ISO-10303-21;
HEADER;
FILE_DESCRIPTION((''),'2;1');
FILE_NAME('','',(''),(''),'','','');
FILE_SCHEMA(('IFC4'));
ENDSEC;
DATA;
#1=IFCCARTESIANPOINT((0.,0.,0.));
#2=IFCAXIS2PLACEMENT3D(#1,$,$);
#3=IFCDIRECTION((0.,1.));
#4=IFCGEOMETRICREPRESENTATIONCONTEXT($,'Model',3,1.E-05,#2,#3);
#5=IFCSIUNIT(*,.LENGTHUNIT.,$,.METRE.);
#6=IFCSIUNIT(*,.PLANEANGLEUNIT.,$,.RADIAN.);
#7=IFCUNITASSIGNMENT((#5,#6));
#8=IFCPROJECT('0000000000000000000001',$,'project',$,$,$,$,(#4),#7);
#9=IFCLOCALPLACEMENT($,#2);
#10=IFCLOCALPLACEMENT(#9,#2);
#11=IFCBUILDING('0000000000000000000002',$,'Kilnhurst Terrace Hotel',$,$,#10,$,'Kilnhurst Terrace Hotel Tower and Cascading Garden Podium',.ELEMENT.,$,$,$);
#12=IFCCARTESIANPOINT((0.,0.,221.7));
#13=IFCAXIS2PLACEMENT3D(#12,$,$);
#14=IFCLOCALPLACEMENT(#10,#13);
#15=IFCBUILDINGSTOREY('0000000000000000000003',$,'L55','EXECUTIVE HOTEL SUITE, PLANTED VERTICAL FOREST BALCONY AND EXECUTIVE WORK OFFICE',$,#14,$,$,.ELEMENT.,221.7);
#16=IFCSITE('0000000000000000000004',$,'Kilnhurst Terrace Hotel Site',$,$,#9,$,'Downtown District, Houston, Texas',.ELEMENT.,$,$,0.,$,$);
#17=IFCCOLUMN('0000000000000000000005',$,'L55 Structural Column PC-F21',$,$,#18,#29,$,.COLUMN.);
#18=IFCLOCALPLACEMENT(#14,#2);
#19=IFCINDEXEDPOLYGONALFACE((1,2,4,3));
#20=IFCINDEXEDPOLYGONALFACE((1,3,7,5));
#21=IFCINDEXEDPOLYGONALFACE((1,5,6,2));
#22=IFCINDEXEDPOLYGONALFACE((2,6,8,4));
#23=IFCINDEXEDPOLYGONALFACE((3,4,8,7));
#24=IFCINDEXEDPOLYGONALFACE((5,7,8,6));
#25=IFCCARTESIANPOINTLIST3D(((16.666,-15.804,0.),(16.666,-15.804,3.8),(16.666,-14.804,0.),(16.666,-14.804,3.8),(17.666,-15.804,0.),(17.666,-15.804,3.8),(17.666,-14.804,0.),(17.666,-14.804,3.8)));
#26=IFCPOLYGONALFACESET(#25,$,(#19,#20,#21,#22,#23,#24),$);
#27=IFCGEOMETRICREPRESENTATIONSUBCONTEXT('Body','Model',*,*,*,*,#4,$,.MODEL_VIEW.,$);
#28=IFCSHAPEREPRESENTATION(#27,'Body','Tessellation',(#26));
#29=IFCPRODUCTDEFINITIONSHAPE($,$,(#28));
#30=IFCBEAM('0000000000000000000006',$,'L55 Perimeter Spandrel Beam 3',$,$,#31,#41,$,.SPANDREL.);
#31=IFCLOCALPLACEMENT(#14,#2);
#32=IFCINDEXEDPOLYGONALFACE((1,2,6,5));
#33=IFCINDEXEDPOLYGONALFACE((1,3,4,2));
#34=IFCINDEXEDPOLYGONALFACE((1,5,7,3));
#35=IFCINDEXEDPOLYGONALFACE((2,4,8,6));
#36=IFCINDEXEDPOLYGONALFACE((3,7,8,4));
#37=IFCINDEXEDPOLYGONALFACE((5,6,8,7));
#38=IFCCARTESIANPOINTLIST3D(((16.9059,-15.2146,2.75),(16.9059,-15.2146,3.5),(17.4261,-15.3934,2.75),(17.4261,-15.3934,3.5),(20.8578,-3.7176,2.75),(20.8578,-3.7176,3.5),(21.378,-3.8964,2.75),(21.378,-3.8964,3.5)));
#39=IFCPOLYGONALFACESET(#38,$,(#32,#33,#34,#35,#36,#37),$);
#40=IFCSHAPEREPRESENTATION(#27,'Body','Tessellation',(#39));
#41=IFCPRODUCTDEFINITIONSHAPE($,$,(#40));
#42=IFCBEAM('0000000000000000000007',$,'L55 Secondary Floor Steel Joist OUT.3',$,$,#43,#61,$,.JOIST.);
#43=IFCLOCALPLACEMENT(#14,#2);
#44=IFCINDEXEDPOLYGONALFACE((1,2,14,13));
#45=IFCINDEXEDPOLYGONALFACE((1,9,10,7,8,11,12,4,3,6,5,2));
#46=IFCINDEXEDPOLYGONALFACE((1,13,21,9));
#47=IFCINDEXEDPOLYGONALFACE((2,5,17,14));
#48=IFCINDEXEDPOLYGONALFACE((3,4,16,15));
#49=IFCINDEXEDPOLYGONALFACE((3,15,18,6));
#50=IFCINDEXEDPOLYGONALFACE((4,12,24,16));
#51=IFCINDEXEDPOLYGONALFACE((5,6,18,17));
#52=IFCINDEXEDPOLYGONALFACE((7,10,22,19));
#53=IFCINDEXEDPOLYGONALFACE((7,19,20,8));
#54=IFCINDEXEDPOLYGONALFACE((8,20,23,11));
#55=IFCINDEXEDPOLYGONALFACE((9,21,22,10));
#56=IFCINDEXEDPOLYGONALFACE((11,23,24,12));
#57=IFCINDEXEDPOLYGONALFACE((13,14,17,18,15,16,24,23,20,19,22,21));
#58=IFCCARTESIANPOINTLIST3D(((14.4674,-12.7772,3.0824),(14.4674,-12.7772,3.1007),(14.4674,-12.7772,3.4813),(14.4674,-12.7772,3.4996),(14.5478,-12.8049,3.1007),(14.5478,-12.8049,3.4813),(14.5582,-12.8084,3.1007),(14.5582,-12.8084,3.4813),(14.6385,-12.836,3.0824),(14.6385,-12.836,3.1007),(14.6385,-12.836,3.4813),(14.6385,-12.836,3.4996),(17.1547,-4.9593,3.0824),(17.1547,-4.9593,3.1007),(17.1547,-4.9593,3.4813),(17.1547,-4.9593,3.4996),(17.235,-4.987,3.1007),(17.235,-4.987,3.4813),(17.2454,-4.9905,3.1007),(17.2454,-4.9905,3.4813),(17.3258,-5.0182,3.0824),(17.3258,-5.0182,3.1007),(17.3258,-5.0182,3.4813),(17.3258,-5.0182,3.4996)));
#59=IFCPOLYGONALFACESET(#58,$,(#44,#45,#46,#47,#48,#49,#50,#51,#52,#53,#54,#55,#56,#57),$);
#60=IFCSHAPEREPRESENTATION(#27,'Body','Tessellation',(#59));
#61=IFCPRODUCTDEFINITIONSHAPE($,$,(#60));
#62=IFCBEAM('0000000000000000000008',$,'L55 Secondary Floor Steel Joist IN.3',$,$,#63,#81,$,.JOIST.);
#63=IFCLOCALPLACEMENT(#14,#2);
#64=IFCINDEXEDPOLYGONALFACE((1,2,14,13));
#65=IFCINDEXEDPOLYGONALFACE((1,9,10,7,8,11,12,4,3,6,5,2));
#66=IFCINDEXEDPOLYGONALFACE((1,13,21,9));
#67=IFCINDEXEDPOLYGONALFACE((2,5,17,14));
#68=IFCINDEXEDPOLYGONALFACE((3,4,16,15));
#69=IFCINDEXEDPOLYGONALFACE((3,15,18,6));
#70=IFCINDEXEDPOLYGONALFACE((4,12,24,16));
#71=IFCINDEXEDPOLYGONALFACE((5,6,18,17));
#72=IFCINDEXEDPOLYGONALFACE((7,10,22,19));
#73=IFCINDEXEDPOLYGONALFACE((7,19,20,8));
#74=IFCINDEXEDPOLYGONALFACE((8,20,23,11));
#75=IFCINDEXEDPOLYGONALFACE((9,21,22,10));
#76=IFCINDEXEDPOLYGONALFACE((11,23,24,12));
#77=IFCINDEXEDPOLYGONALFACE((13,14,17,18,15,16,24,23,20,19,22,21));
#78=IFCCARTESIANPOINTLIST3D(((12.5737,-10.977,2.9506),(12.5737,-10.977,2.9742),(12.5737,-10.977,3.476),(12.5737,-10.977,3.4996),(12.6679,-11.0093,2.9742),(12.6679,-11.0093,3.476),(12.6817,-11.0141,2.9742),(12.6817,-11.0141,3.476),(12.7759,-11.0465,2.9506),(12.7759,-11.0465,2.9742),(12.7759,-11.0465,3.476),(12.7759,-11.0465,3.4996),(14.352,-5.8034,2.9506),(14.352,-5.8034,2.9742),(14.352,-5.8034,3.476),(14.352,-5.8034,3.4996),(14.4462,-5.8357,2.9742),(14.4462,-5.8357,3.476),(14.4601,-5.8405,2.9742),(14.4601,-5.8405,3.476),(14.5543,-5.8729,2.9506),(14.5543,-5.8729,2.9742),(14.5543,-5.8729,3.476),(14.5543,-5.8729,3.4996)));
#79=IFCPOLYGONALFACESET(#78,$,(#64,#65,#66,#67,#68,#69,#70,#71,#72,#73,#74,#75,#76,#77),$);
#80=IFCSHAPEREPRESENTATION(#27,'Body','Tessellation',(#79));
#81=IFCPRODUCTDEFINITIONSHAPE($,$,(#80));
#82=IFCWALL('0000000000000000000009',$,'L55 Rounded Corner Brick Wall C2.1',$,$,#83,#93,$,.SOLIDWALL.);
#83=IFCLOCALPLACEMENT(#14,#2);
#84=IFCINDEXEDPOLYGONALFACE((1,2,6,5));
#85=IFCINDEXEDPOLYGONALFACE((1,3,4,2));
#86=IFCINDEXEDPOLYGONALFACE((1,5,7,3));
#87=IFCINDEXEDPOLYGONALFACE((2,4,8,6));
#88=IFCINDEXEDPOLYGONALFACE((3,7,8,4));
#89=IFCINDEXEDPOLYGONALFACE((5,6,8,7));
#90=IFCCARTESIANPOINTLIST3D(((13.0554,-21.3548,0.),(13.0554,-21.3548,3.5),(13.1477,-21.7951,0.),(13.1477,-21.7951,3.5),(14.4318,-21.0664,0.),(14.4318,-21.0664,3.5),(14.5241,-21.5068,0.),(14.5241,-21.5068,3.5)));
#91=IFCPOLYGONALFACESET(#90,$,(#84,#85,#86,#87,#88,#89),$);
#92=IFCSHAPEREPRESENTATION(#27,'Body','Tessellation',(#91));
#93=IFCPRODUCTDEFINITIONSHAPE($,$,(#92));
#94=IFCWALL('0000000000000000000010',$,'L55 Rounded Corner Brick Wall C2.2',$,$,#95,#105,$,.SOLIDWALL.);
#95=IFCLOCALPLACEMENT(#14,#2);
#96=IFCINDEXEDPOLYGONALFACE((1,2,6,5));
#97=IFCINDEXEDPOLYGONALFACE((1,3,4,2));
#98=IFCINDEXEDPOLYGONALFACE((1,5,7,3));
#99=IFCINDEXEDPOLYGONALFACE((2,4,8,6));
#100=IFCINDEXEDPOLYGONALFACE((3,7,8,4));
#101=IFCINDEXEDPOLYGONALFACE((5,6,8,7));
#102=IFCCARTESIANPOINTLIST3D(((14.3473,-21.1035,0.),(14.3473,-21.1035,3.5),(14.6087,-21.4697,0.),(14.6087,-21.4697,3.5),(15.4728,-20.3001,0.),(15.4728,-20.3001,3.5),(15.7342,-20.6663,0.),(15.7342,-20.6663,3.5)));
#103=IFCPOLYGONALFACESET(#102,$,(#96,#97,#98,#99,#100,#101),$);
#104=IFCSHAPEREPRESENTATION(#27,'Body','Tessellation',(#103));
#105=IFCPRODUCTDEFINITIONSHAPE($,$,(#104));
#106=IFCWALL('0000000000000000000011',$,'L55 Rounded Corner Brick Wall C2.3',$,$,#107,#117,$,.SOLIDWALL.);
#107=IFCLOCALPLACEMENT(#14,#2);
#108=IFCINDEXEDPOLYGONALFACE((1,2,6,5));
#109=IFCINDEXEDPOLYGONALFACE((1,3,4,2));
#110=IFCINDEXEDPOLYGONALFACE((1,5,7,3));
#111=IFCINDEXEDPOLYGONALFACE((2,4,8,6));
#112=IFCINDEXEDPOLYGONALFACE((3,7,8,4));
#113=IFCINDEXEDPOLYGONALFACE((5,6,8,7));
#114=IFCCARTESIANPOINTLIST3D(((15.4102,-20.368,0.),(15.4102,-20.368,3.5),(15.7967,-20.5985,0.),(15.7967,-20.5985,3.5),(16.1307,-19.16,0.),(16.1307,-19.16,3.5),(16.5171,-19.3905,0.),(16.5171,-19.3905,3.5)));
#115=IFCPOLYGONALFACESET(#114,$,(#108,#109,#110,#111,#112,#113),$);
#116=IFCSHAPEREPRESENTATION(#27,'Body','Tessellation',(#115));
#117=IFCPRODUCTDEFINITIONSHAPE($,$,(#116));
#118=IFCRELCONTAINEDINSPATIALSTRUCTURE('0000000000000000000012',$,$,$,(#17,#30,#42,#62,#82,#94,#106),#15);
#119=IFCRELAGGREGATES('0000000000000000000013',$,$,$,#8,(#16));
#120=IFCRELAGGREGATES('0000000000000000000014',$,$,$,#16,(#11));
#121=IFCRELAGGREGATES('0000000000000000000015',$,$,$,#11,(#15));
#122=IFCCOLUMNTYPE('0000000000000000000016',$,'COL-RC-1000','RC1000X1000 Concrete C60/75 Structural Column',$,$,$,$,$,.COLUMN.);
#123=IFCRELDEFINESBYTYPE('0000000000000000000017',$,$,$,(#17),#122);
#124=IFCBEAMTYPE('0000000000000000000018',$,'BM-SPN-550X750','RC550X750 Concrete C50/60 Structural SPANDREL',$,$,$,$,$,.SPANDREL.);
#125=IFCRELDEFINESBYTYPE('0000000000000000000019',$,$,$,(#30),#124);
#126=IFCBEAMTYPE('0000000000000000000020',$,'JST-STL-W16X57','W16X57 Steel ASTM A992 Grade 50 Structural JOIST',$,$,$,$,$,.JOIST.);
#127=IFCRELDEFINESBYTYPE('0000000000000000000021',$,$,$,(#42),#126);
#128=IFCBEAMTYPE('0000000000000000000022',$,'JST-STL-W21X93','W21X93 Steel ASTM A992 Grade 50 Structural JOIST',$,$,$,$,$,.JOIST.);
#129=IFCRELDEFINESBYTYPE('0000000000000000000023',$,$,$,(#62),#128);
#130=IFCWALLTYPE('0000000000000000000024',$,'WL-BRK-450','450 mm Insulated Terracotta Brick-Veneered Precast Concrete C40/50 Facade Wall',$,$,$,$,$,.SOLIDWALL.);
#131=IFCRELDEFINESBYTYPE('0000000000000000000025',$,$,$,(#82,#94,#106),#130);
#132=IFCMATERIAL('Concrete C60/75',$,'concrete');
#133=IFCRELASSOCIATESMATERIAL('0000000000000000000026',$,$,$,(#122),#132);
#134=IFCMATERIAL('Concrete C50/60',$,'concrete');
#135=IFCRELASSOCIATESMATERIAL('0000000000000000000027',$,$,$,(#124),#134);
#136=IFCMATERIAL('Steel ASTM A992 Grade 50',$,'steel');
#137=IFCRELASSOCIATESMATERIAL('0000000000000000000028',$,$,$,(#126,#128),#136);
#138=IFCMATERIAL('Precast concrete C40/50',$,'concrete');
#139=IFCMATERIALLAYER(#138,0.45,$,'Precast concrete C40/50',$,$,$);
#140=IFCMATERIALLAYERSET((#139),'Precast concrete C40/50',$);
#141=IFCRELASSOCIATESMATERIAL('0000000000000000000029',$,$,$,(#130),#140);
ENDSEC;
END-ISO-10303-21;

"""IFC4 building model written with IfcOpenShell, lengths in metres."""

from ifc_helpers import new_model, si_unit, direction, frame, frame_2d, origin, origin_2d, place, context, subcontext, project, spatial, rectangle, i_section, extrude, material, layer, layer_set, material_profile, profile_set, type_object, element, save


model = new_model("IFC4")

# Units and contexts
model_context = context("Model", 3, precision=1e-05, world=origin(), true_north=direction((0.0, 1.0)))
body_context = subcontext(model_context, "Body", "Model", "MODEL_VIEW")
ifc_project = project(units=[si_unit("LENGTHUNIT", "METRE"), si_unit("PLANEANGLEUNIT", "RADIAN")], contexts=[model_context])

# Site, building, storey
site_placement = place(None, origin())
site = spatial("IfcSite", under=ifc_project, at=site_placement, Name="Kilnhurst Terrace Hotel Site", LongName="Downtown District, Houston, Texas", CompositionType="ELEMENT", RefElevation=0.0)
building_placement = place(site_placement, origin())
building = spatial("IfcBuilding", under=site, at=building_placement, Name="Kilnhurst Terrace Hotel", LongName="Kilnhurst Terrace Hotel Tower and Cascading Garden Podium", CompositionType="ELEMENT")
storey_placement = place(building_placement, frame((0.0, 0.0, 221.7)))
storey = spatial("IfcBuildingStorey", under=building, at=storey_placement, Name="L55", Description="EXECUTIVE HOTEL SUITE, PLANTED VERTICAL FOREST BALCONY AND EXECUTIVE WORK OFFICE", CompositionType="ELEMENT", Elevation=221.7)

# Column
ifc_material_1 = material(Name="Concrete C60/75", Category="concrete")
ifc_material_profile_1 = material_profile(ifc_material_1, rectangle(XDim=1.0, YDim=1.0, at=origin_2d()), Name="RC1000X1000")
ifc_profile_set_1 = profile_set([ifc_material_profile_1], Name="Concrete C60/75")
column_type = type_object("IfcColumnType", Name="COL-RC-1000", Description="RC1000X1000 Concrete C60/75 Structural Column", PredefinedType="COLUMN", material=ifc_profile_set_1)
column_placement = place(storey_placement, frame((17.166, -15.304, 0.0), z_axis=(0.0, 0.0, 1.0), x_axis=(1.0, 0.0, 0.0)))
element("IfcColumn", 1, at=column_placement, inside=storey, type_object=column_type, Name="L55 Structural Column PC-F21", PredefinedType="COLUMN", context=body_context, shape_type="SweptSolid", body=[
    extrude(rectangle(XDim=1.0, YDim=1.0, at=origin_2d()), origin(), (0.0, 0.0, 1.0), 3.8),
])

# Beams
ifc_material_2 = material(Name="Concrete C50/60", Category="concrete")
ifc_material_profile_2 = material_profile(ifc_material_2, rectangle(XDim=0.55, YDim=0.75, at=origin_2d()), Name="RC550X750")
ifc_profile_set_2 = profile_set([ifc_material_profile_2], Name="Concrete C50/60")
beam_type_1 = type_object("IfcBeamType", Name="BM-SPN-550X750", Description="RC550X750 Concrete C50/60 Structural SPANDREL", PredefinedType="SPANDREL", material=ifc_profile_set_2)
beam_1_placement = place(storey_placement, frame((17.166, -15.304, 3.125), z_axis=(0.325064, 0.945692, 0.0), x_axis=(-0.945692, 0.325064, 0.0)))
element("IfcBeam", 2, at=beam_1_placement, inside=storey, type_object=beam_type_1, Name="L55 Perimeter Spandrel Beam 3", PredefinedType="SPANDREL", context=body_context, shape_type="SweptSolid", body=[
    extrude(rectangle(XDim=0.55, YDim=0.75, at=origin_2d()), origin(), (0.0, 0.0, 1.0), 12.1572),
])
ifc_material_3 = material(Name="Steel ASTM A992 Grade 50", Category="steel")
ifc_material_profile_3 = material_profile(ifc_material_3, i_section(OverallWidth=0.1809, OverallDepth=0.4172, WebThickness=0.011, FlangeThickness=0.0183, at=origin_2d()), Name="W16X57")
ifc_profile_set_3 = profile_set([ifc_material_profile_3], Name="Steel ASTM A992 Grade 50")
beam_type_2 = type_object("IfcBeamType", Name="JST-STL-W16X57", Description="W16X57 Steel ASTM A992 Grade 50 Structural JOIST", PredefinedType="JOIST", material=ifc_profile_set_3)
beam_2_placement = place(storey_placement, frame((14.553, -12.8066, 3.291), z_axis=(0.325065, 0.945692, 0.0), x_axis=(-0.945692, 0.325065, 0.0)))
element("IfcBeam", 3, at=beam_2_placement, inside=storey, type_object=beam_type_2, Name="L55 Secondary Floor Steel Joist OUT.3", PredefinedType="JOIST", context=body_context, shape_type="SweptSolid", body=[
    extrude(i_section(OverallWidth=0.1809, OverallDepth=0.4172, WebThickness=0.011, FlangeThickness=0.0183, at=origin_2d()), origin(), (0.0, 0.0, 1.0), 8.2668),
])
ifc_material_profile_4 = material_profile(ifc_material_3, i_section(OverallWidth=0.2139, OverallDepth=0.5491, WebThickness=0.0146, FlangeThickness=0.0237, at=origin_2d()), Name="W21X93")
ifc_profile_set_4 = profile_set([ifc_material_profile_4], Name="Steel ASTM A992 Grade 50")
beam_type_3 = type_object("IfcBeamType", Name="JST-STL-W21X93", Description="W21X93 Steel ASTM A992 Grade 50 Structural JOIST", PredefinedType="JOIST", material=ifc_profile_set_4)
beam_3_placement = place(storey_placement, frame((12.6748, -11.0117, 3.2251), z_axis=(0.325064, 0.945692, 0.0), x_axis=(-0.945692, 0.325064, 0.0)))
element("IfcBeam", 4, at=beam_3_placement, inside=storey, type_object=beam_type_3, Name="L55 Secondary Floor Steel Joist IN.3", PredefinedType="JOIST", context=body_context, shape_type="SweptSolid", body=[
    extrude(i_section(OverallWidth=0.2139, OverallDepth=0.5491, WebThickness=0.0146, FlangeThickness=0.0237, at=origin_2d()), origin(), (0.0, 0.0, 1.0), 5.4707),
])

# Walls
ifc_material_4 = material(Name="Precast concrete C40/50", Category="concrete")
ifc_layer_1 = layer(ifc_material_4, 0.45, Name="Precast concrete C40/50")
ifc_layer_set_1 = layer_set([ifc_layer_1], Name="Precast concrete C40/50")
wall_type_1 = type_object("IfcWallType", Name="WL-BRK-450", Description="450 mm Insulated Terracotta Brick-Veneered Precast Concrete C40/50 Facade Wall", PredefinedType="SOLIDWALL", material=ifc_layer_set_1)
wall_1_placement = place(storey_placement, frame((13.1016, -21.575, 0.0), z_axis=(0.0, 0.0, 1.0), x_axis=(0.978757, 0.205022, 0.0)))
element("IfcWall", 5, at=wall_1_placement, inside=storey, type_object=wall_type_1, Name="L55 Rounded Corner Brick Wall C2.1", PredefinedType="SOLIDWALL", context=body_context, shape_type="SweptSolid", body=[
    extrude(rectangle(XDim=1.4062, YDim=0.45, at=frame_2d((0.7031, 0.0))), origin(), (0.0, 0.0, 1.0), 3.5),
])
wall_2_placement = place(storey_placement, frame((14.478, -21.2866, 0.0), z_axis=(0.0, 0.0, 1.0), x_axis=(0.813889, 0.581021, 0.0)))
element("IfcWall", 6, at=wall_2_placement, inside=storey, type_object=wall_type_1, Name="L55 Rounded Corner Brick Wall C2.2", PredefinedType="SOLIDWALL", context=body_context, shape_type="SweptSolid", body=[
    extrude(rectangle(XDim=1.3828, YDim=0.45, at=frame_2d((0.6914, 0.0))), origin(), (0.0, 0.0, 1.0), 3.5),
])
wall_3_placement = place(storey_placement, frame((15.6035, -20.4832, 0.0), z_axis=(0.0, 0.0, 1.0), x_axis=(0.512222, 0.858853, 0.0)))
element("IfcWall", 7, at=wall_3_placement, inside=storey, type_object=wall_type_1, Name="L55 Rounded Corner Brick Wall C2.3", PredefinedType="SOLIDWALL", context=body_context, shape_type="SweptSolid", body=[
    extrude(rectangle(XDim=1.4065, YDim=0.45, at=frame_2d((0.7031, 0.0))), origin(), (0.0, 0.0, 1.0), 3.5),
])

save(model, "model.ifc")
